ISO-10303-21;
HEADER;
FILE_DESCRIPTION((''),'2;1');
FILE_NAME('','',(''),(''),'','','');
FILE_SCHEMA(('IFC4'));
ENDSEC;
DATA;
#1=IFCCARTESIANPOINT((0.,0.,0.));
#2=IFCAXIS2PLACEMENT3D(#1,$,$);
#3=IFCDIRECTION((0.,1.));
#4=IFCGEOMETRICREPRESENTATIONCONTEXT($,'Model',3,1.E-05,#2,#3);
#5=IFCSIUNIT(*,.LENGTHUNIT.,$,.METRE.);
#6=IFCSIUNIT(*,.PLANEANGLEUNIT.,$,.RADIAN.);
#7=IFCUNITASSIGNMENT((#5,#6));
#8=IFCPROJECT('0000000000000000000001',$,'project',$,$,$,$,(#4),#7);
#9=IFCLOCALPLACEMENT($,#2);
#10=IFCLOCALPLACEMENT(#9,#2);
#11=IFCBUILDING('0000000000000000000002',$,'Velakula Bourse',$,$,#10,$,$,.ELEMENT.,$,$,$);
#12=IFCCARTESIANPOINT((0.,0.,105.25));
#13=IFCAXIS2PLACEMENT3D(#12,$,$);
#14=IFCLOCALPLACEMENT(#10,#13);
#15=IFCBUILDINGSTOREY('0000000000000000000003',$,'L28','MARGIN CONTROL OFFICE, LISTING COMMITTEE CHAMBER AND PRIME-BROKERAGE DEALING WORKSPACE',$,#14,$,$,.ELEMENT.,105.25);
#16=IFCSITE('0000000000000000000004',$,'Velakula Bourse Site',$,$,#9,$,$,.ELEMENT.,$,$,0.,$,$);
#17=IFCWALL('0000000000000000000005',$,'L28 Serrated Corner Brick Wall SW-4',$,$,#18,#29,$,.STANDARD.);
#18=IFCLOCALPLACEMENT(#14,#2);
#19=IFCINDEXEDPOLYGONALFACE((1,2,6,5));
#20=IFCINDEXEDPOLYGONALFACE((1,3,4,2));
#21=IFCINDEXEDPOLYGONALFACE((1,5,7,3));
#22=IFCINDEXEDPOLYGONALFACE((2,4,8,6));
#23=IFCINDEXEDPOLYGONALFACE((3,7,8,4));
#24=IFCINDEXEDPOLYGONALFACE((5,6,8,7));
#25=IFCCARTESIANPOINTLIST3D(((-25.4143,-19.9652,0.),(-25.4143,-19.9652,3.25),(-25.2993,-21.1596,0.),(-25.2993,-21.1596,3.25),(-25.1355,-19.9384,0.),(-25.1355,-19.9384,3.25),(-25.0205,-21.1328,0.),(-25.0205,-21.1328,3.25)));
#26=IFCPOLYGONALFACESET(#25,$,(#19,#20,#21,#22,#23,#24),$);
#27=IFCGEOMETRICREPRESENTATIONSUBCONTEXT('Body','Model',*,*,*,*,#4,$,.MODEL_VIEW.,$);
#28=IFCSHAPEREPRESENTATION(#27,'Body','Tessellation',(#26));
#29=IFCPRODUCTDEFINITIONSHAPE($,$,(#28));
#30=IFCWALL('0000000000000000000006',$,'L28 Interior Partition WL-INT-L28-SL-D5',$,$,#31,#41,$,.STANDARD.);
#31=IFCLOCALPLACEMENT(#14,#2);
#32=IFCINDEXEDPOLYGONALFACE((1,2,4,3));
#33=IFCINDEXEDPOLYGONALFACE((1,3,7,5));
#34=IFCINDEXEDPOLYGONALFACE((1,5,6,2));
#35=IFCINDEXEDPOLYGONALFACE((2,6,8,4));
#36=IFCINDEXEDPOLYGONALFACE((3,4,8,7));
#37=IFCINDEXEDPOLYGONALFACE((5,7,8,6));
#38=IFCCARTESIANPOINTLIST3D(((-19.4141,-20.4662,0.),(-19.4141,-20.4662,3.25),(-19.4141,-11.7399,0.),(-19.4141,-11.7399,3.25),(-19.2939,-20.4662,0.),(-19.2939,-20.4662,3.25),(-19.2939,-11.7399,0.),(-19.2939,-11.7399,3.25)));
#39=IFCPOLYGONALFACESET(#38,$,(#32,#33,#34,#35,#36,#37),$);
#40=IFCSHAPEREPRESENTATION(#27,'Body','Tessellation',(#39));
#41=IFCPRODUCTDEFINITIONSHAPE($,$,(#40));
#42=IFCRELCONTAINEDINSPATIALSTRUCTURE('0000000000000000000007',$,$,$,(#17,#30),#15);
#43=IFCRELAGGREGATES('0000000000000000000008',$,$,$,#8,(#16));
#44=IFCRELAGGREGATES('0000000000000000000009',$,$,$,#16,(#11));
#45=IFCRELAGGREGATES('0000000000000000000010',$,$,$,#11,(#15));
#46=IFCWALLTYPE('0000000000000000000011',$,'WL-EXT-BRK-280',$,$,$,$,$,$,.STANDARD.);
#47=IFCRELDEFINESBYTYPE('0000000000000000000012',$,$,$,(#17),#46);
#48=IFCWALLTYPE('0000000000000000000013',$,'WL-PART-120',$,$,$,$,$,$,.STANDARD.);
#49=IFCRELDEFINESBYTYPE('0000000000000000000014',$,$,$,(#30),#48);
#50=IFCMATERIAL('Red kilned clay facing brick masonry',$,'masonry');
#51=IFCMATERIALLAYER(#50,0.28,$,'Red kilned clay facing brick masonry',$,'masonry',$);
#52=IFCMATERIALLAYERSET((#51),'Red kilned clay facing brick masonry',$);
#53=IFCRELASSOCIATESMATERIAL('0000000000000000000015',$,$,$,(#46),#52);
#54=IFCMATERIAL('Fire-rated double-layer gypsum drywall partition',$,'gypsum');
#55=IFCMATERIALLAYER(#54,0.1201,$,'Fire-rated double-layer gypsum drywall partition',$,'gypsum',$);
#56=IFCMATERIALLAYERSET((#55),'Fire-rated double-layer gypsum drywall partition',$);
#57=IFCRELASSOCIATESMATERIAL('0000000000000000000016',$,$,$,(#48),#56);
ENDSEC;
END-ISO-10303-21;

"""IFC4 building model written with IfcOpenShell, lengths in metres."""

from ifc_helpers import new_model, si_unit, direction, frame, frame_2d, origin, place, context, subcontext, project, spatial, rectangle, extrude, material, layer, layer_set, type_object, element, save


model = new_model("IFC4")

# Units and contexts
model_context = context("Model", 3, precision=1e-05, world=origin(), true_north=direction((0.0, 1.0)))
body_context = subcontext(model_context, "Body", "Model", "MODEL_VIEW")
ifc_project = project(units=[si_unit("LENGTHUNIT", "METRE"), si_unit("PLANEANGLEUNIT", "RADIAN")], contexts=[model_context])

# Site, building, storey
site_placement = place(None, origin())
site = spatial("IfcSite", under=ifc_project, at=site_placement, Name="Velakula Bourse Site", CompositionType="ELEMENT", RefElevation=0.0)
building_placement = place(site_placement, origin())
building = spatial("IfcBuilding", under=site, at=building_placement, Name="Velakula Bourse", CompositionType="ELEMENT")
storey_placement = place(building_placement, frame((0.0, 0.0, 105.25)))
storey = spatial("IfcBuildingStorey", under=building, at=storey_placement, Name="L28", Description="MARGIN CONTROL OFFICE, LISTING COMMITTEE CHAMBER AND PRIME-BROKERAGE DEALING WORKSPACE", CompositionType="ELEMENT", Elevation=105.25)

# Shared definitions
ifc_material_1 = material(Name="Red kilned clay facing brick masonry", Category="masonry")
ifc_layer_1 = layer(ifc_material_1, 0.28, Name="Red kilned clay facing brick masonry", Category="masonry")
ifc_layer_set_1 = layer_set([ifc_layer_1], Name="Red kilned clay facing brick masonry")
wall_type_1 = type_object("IfcWallType", Name="WL-EXT-BRK-280", PredefinedType="STANDARD", material=ifc_layer_set_1)

# Walls
wall_1_placement = place(storey_placement, frame((-25.2749, -19.9517, 0.0), z_axis=(0.0, 0.0, 1.0), x_axis=(0.095836, -0.995397, 0.0)))
element("IfcWall", 1, at=wall_1_placement, inside=storey, type_object=wall_type_1, Name="L28 Serrated Corner Brick Wall SW-4", PredefinedType="STANDARD", context=body_context, shape_type="SweptSolid", body=[
    extrude(rectangle(XDim=1.2, YDim=0.28, at=frame_2d((0.6001, 0.0))), origin(), (0.0, 0.0, 1.0), 3.25),
])
ifc_material_2 = material(Name="Fire-rated double-layer gypsum drywall partition", Category="gypsum")
ifc_layer_2 = layer(ifc_material_2, 0.1201, Name="Fire-rated double-layer gypsum drywall partition", Category="gypsum")
ifc_layer_set_2 = layer_set([ifc_layer_2], Name="Fire-rated double-layer gypsum drywall partition")
wall_type_2 = type_object("IfcWallType", Name="WL-PART-120", PredefinedType="STANDARD", material=ifc_layer_set_2)
wall_2_placement = place(storey_placement, frame((-19.354, -20.4663, 0.0), z_axis=(0.0, 0.0, 1.0), x_axis=(0.0, 1.0, 0.0)))
element("IfcWall", 2, at=wall_2_placement, inside=storey, type_object=wall_type_2, Name="L28 Interior Partition WL-INT-L28-SL-D5", PredefinedType="STANDARD", context=body_context, shape_type="SweptSolid", body=[
    extrude(rectangle(XDim=8.7263, YDim=0.1201, at=frame_2d((4.3633, 0.0))), origin(), (0.0, 0.0, 1.0), 3.25),
])

save(model, "model.ifc")
